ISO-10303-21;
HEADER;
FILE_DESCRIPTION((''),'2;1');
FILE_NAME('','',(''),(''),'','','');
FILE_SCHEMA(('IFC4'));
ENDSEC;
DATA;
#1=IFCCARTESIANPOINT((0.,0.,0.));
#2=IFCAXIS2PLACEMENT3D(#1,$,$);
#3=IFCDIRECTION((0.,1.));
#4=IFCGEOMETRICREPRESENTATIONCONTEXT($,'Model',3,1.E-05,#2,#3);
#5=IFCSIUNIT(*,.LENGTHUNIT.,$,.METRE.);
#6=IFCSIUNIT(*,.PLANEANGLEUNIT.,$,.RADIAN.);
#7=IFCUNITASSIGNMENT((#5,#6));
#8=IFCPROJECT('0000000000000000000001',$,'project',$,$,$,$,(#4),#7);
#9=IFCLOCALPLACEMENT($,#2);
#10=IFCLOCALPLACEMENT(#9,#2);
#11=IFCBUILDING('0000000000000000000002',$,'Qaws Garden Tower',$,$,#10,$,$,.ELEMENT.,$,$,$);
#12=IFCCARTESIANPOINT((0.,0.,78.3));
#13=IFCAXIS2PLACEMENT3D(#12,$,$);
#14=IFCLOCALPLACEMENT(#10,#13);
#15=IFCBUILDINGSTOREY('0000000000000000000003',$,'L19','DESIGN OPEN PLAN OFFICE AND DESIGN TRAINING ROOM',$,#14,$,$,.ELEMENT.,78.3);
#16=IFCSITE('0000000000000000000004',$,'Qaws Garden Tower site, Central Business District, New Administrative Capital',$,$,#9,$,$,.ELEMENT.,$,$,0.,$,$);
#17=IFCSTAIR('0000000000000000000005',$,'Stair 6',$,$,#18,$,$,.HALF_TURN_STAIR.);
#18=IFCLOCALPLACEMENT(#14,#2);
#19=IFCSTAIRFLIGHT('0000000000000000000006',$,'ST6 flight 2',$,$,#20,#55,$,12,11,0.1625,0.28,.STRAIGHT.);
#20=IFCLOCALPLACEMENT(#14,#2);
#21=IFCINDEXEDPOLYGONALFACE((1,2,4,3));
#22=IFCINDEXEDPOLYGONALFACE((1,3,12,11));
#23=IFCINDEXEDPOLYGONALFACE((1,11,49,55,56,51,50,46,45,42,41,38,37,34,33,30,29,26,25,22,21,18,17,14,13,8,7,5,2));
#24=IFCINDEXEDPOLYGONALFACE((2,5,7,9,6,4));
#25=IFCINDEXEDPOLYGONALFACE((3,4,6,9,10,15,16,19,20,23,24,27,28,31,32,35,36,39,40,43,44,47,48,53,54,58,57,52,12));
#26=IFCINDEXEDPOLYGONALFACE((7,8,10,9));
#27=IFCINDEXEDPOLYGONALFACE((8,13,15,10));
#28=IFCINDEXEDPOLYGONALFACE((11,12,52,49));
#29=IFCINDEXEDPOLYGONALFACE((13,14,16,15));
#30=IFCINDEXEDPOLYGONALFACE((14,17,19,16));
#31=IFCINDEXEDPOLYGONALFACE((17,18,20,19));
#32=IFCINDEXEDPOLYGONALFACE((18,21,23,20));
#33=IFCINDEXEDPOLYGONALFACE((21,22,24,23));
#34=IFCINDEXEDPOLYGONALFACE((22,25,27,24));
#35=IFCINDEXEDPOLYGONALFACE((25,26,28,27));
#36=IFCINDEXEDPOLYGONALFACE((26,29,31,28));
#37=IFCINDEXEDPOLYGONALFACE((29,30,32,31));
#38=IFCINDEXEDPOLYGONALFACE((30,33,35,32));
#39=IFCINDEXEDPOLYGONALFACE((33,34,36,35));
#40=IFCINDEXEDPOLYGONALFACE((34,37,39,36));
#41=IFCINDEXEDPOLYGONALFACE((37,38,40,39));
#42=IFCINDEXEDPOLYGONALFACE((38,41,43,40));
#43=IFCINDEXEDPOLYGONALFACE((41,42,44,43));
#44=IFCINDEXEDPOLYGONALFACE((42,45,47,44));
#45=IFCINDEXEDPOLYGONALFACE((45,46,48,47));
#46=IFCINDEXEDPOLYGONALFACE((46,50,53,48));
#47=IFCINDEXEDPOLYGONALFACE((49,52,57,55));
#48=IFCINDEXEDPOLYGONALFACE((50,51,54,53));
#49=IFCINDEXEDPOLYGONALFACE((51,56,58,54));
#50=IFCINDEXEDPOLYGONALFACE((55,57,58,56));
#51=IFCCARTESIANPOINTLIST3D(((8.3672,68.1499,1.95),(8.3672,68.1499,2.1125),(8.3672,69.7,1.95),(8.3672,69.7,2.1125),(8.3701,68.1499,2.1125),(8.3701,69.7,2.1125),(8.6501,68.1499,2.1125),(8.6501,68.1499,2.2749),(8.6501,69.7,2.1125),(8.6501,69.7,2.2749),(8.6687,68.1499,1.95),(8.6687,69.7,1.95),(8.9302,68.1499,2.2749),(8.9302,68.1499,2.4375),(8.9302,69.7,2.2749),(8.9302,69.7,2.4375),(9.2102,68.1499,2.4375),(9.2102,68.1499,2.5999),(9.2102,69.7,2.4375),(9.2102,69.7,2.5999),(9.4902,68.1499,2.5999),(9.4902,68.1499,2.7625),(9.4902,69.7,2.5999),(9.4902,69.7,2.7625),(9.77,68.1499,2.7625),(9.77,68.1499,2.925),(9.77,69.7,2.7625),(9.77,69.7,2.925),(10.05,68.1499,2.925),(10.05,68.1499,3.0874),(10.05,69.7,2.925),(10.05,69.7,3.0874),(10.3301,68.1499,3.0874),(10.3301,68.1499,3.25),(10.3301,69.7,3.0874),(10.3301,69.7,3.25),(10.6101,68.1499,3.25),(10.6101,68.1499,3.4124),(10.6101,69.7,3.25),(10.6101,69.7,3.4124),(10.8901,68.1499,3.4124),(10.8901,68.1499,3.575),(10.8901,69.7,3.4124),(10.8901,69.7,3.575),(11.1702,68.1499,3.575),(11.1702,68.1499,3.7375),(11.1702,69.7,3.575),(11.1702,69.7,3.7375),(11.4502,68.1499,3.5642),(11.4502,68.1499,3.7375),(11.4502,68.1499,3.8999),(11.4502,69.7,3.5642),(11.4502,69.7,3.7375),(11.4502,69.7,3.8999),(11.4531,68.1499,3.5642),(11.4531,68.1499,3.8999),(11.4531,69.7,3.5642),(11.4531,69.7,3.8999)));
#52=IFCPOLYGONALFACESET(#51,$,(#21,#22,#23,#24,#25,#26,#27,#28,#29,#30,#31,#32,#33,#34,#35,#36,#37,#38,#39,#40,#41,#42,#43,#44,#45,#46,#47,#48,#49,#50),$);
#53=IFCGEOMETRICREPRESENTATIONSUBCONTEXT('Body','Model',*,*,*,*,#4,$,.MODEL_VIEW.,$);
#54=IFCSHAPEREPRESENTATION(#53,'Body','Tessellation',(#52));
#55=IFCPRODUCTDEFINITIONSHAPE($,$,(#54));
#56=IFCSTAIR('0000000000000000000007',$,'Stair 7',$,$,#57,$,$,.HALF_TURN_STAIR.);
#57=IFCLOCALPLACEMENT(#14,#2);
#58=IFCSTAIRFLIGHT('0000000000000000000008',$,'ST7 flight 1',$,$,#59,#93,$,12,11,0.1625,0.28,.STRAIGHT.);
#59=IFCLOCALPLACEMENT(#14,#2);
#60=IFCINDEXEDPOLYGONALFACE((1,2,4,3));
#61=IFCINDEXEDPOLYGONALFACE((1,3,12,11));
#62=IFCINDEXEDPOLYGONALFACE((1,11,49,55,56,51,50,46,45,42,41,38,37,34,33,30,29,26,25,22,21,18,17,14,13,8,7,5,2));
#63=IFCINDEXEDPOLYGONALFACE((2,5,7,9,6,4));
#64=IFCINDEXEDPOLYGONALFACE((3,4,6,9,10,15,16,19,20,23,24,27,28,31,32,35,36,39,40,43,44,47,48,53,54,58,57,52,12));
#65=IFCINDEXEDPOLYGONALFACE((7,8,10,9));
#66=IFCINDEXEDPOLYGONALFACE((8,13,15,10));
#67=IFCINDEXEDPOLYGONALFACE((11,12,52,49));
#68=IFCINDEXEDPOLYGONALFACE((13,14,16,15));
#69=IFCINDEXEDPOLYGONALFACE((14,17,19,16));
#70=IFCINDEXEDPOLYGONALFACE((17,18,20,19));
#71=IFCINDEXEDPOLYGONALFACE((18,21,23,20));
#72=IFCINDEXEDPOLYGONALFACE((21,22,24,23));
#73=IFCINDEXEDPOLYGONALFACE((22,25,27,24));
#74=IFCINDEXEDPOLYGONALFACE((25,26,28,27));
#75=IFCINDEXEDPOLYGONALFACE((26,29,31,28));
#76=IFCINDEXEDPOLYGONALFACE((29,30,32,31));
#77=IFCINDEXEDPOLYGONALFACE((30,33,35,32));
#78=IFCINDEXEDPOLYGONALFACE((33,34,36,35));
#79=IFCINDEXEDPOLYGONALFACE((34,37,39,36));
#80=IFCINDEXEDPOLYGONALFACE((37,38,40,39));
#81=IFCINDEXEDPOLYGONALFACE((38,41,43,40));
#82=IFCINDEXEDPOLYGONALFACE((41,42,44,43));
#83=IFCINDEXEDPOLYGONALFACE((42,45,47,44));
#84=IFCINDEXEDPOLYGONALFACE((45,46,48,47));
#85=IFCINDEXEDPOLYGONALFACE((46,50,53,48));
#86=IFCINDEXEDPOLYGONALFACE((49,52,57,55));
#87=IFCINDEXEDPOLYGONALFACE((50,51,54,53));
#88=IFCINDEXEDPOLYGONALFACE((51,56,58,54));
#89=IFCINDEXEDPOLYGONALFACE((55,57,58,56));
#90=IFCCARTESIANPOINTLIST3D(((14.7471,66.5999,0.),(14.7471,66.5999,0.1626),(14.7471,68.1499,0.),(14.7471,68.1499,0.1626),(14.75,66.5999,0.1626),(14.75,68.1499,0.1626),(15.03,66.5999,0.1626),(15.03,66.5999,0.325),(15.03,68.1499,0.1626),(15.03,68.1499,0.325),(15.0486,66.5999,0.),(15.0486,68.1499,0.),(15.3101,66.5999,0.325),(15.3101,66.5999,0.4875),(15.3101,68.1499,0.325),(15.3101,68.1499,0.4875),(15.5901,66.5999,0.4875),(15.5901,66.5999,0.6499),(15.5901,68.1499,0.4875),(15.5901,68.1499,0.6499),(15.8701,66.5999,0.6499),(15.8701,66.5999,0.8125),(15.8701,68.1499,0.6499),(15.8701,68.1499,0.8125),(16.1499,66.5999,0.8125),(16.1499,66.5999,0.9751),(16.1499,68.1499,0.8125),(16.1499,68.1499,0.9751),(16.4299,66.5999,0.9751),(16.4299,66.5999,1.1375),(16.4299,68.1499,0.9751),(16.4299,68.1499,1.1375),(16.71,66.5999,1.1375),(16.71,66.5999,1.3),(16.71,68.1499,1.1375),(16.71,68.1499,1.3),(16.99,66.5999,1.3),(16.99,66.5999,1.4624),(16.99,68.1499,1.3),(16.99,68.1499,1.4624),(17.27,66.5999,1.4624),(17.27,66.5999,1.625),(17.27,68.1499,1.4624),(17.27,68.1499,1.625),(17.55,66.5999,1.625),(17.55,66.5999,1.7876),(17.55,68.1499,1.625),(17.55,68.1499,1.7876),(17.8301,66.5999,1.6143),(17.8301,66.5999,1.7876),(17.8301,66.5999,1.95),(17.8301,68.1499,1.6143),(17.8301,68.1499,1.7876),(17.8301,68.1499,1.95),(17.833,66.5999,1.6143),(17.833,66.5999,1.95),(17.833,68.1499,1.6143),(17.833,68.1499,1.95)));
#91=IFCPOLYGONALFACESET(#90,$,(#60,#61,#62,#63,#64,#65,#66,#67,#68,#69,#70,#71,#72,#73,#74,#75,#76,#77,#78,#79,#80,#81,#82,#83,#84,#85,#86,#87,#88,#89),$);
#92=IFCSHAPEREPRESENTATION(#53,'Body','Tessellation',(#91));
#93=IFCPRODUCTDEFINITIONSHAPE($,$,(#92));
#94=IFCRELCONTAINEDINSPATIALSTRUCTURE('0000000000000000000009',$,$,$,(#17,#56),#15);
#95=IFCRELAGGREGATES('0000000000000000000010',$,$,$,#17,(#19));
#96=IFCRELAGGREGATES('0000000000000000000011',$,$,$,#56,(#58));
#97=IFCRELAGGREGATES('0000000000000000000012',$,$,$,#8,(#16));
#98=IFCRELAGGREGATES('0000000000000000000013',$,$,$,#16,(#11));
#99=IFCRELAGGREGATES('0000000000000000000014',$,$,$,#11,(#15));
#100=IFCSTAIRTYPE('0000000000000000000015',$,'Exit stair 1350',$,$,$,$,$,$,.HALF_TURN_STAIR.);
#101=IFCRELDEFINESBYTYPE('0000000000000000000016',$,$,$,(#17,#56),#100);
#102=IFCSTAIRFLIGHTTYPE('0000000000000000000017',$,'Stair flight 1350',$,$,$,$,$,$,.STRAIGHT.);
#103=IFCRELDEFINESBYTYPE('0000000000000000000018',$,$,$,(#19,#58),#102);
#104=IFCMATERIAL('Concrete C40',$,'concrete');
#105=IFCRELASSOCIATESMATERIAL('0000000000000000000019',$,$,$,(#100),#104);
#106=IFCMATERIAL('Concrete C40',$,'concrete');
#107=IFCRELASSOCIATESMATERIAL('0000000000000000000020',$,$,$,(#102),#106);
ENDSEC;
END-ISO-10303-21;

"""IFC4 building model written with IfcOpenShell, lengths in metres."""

from ifc_helpers import new_model, si_unit, direction, frame, origin, place, context, subcontext, project, spatial, polyline, outline, extrude, material, type_object, element, aggregate, save


model = new_model("IFC4")

# Units and contexts
model_context = context("Model", 3, precision=1e-05, world=origin(), true_north=direction((0.0, 1.0)))
body_context = subcontext(model_context, "Body", "Model", "MODEL_VIEW")
ifc_project = project(units=[si_unit("LENGTHUNIT", "METRE"), si_unit("PLANEANGLEUNIT", "RADIAN")], contexts=[model_context])

# Site, building, storey
site_placement = place(None, origin())
site = spatial("IfcSite", under=ifc_project, at=site_placement, Name="Qaws Garden Tower site, Central Business District, New Administrative Capital", CompositionType="ELEMENT", RefElevation=0.0)
building_placement = place(site_placement, origin())
building = spatial("IfcBuilding", under=site, at=building_placement, Name="Qaws Garden Tower", CompositionType="ELEMENT")
storey_placement = place(building_placement, frame((0.0, 0.0, 78.3)))
storey = spatial("IfcBuildingStorey", under=building, at=storey_placement, Name="L19", Description="DESIGN OPEN PLAN OFFICE AND DESIGN TRAINING ROOM", CompositionType="ELEMENT", Elevation=78.3)

# Stair, stair flight
ifc_material_1 = material(Name="Concrete C40", Category="concrete")
stair_type = type_object("IfcStairType", Name="Exit stair 1350", PredefinedType="HALF_TURN_STAIR", material=ifc_material_1)
placement = place(storey_placement, origin())
stair_1 = element("IfcStair", 1, at=placement, inside=storey, type_object=stair_type, Name="Stair 6", PredefinedType="HALF_TURN_STAIR")
ifc_material_2 = material(Name="Concrete C40", Category="concrete")
stair_flight_type = type_object("IfcStairFlightType", Name="Stair flight 1350", PredefinedType="STRAIGHT", material=ifc_material_2)
stair_flight_1_placement = place(storey_placement, frame((8.3701, 68.925, 1.95), z_axis=(0.0, 0.0, 1.0), x_axis=(1.0, 0.0, 0.0)))
stair_flight_1 = element("IfcStairFlight", 2, at=stair_flight_1_placement, type_object=stair_flight_type, Name="ST6 flight 2", NumberOfRisers=12, NumberOfTreads=11, PredefinedType="STRAIGHT", RiserHeight=0.1625, TreadLength=0.28, context=body_context, shape_type="SweptSolid", body=[
    extrude(outline(polyline([(-0.0029, 0.0), (-0.0029, 0.1626), (0.0, 0.1626), (0.28, 0.1626), (0.28, 0.325), (0.5601, 0.325), (0.5601, 0.4875), (0.8401, 0.4875), (0.8401, 0.6499), (1.1201, 0.6499), (1.1201, 0.8125), (1.3999, 0.8125), (1.3999, 0.9751), (1.6799, 0.9751), (1.6799, 1.1375), (1.96, 1.1375), (1.96, 1.3), (2.24, 1.3), (2.24, 1.4624), (2.52, 1.4624), (2.52, 1.625), (2.8, 1.625), (2.8, 1.7876), (3.0801, 1.7876), (3.0801, 1.95), (3.083, 1.95), (3.083, 1.6143), (3.0801, 1.6143), (0.2986, 0.0), (-0.0029, 0.0)])), frame((0.0, 0.7749, 0.0), z_axis=(0.0, -1.0, 0.0), x_axis=(1.0, 0.0, 0.0)), (0.0, 0.0, 1.0), 1.55),
])
aggregate(stair_1, [stair_flight_1])

# Stair, stair flight
stair_2 = element("IfcStair", 3, at=placement, inside=storey, type_object=stair_type, Name="Stair 7", PredefinedType="HALF_TURN_STAIR")
stair_flight_2_placement = place(storey_placement, frame((14.75, 67.375, 0.0), z_axis=(0.0, 0.0, 1.0), x_axis=(1.0, 0.0, 0.0)))
stair_flight_2 = element("IfcStairFlight", 4, at=stair_flight_2_placement, type_object=stair_flight_type, Name="ST7 flight 1", NumberOfRisers=12, NumberOfTreads=11, PredefinedType="STRAIGHT", RiserHeight=0.1625, TreadLength=0.28, context=body_context, shape_type="SweptSolid", body=[
    extrude(outline(polyline([(-0.0029, 0.0), (-0.0029, 0.1626), (0.0, 0.1626), (0.28, 0.1626), (0.28, 0.325), (0.5601, 0.325), (0.5601, 0.4875), (0.8401, 0.4875), (0.8401, 0.6499), (1.1201, 0.6499), (1.1201, 0.8125), (1.3999, 0.8125), (1.3999, 0.9751), (1.6799, 0.9751), (1.6799, 1.1375), (1.96, 1.1375), (1.96, 1.3), (2.24, 1.3), (2.24, 1.4624), (2.52, 1.4624), (2.52, 1.625), (2.8, 1.625), (2.8, 1.7876), (3.0801, 1.7876), (3.0801, 1.95), (3.083, 1.95), (3.083, 1.6143), (3.0801, 1.6143), (0.2986, 0.0), (-0.0029, 0.0)])), frame((0.0, 0.7749, 0.0), z_axis=(0.0, -1.0, 0.0), x_axis=(1.0, 0.0, 0.0)), (0.0, 0.0, 1.0), 1.55),
])
aggregate(stair_2, [stair_flight_2])

save(model, "model.ifc")
